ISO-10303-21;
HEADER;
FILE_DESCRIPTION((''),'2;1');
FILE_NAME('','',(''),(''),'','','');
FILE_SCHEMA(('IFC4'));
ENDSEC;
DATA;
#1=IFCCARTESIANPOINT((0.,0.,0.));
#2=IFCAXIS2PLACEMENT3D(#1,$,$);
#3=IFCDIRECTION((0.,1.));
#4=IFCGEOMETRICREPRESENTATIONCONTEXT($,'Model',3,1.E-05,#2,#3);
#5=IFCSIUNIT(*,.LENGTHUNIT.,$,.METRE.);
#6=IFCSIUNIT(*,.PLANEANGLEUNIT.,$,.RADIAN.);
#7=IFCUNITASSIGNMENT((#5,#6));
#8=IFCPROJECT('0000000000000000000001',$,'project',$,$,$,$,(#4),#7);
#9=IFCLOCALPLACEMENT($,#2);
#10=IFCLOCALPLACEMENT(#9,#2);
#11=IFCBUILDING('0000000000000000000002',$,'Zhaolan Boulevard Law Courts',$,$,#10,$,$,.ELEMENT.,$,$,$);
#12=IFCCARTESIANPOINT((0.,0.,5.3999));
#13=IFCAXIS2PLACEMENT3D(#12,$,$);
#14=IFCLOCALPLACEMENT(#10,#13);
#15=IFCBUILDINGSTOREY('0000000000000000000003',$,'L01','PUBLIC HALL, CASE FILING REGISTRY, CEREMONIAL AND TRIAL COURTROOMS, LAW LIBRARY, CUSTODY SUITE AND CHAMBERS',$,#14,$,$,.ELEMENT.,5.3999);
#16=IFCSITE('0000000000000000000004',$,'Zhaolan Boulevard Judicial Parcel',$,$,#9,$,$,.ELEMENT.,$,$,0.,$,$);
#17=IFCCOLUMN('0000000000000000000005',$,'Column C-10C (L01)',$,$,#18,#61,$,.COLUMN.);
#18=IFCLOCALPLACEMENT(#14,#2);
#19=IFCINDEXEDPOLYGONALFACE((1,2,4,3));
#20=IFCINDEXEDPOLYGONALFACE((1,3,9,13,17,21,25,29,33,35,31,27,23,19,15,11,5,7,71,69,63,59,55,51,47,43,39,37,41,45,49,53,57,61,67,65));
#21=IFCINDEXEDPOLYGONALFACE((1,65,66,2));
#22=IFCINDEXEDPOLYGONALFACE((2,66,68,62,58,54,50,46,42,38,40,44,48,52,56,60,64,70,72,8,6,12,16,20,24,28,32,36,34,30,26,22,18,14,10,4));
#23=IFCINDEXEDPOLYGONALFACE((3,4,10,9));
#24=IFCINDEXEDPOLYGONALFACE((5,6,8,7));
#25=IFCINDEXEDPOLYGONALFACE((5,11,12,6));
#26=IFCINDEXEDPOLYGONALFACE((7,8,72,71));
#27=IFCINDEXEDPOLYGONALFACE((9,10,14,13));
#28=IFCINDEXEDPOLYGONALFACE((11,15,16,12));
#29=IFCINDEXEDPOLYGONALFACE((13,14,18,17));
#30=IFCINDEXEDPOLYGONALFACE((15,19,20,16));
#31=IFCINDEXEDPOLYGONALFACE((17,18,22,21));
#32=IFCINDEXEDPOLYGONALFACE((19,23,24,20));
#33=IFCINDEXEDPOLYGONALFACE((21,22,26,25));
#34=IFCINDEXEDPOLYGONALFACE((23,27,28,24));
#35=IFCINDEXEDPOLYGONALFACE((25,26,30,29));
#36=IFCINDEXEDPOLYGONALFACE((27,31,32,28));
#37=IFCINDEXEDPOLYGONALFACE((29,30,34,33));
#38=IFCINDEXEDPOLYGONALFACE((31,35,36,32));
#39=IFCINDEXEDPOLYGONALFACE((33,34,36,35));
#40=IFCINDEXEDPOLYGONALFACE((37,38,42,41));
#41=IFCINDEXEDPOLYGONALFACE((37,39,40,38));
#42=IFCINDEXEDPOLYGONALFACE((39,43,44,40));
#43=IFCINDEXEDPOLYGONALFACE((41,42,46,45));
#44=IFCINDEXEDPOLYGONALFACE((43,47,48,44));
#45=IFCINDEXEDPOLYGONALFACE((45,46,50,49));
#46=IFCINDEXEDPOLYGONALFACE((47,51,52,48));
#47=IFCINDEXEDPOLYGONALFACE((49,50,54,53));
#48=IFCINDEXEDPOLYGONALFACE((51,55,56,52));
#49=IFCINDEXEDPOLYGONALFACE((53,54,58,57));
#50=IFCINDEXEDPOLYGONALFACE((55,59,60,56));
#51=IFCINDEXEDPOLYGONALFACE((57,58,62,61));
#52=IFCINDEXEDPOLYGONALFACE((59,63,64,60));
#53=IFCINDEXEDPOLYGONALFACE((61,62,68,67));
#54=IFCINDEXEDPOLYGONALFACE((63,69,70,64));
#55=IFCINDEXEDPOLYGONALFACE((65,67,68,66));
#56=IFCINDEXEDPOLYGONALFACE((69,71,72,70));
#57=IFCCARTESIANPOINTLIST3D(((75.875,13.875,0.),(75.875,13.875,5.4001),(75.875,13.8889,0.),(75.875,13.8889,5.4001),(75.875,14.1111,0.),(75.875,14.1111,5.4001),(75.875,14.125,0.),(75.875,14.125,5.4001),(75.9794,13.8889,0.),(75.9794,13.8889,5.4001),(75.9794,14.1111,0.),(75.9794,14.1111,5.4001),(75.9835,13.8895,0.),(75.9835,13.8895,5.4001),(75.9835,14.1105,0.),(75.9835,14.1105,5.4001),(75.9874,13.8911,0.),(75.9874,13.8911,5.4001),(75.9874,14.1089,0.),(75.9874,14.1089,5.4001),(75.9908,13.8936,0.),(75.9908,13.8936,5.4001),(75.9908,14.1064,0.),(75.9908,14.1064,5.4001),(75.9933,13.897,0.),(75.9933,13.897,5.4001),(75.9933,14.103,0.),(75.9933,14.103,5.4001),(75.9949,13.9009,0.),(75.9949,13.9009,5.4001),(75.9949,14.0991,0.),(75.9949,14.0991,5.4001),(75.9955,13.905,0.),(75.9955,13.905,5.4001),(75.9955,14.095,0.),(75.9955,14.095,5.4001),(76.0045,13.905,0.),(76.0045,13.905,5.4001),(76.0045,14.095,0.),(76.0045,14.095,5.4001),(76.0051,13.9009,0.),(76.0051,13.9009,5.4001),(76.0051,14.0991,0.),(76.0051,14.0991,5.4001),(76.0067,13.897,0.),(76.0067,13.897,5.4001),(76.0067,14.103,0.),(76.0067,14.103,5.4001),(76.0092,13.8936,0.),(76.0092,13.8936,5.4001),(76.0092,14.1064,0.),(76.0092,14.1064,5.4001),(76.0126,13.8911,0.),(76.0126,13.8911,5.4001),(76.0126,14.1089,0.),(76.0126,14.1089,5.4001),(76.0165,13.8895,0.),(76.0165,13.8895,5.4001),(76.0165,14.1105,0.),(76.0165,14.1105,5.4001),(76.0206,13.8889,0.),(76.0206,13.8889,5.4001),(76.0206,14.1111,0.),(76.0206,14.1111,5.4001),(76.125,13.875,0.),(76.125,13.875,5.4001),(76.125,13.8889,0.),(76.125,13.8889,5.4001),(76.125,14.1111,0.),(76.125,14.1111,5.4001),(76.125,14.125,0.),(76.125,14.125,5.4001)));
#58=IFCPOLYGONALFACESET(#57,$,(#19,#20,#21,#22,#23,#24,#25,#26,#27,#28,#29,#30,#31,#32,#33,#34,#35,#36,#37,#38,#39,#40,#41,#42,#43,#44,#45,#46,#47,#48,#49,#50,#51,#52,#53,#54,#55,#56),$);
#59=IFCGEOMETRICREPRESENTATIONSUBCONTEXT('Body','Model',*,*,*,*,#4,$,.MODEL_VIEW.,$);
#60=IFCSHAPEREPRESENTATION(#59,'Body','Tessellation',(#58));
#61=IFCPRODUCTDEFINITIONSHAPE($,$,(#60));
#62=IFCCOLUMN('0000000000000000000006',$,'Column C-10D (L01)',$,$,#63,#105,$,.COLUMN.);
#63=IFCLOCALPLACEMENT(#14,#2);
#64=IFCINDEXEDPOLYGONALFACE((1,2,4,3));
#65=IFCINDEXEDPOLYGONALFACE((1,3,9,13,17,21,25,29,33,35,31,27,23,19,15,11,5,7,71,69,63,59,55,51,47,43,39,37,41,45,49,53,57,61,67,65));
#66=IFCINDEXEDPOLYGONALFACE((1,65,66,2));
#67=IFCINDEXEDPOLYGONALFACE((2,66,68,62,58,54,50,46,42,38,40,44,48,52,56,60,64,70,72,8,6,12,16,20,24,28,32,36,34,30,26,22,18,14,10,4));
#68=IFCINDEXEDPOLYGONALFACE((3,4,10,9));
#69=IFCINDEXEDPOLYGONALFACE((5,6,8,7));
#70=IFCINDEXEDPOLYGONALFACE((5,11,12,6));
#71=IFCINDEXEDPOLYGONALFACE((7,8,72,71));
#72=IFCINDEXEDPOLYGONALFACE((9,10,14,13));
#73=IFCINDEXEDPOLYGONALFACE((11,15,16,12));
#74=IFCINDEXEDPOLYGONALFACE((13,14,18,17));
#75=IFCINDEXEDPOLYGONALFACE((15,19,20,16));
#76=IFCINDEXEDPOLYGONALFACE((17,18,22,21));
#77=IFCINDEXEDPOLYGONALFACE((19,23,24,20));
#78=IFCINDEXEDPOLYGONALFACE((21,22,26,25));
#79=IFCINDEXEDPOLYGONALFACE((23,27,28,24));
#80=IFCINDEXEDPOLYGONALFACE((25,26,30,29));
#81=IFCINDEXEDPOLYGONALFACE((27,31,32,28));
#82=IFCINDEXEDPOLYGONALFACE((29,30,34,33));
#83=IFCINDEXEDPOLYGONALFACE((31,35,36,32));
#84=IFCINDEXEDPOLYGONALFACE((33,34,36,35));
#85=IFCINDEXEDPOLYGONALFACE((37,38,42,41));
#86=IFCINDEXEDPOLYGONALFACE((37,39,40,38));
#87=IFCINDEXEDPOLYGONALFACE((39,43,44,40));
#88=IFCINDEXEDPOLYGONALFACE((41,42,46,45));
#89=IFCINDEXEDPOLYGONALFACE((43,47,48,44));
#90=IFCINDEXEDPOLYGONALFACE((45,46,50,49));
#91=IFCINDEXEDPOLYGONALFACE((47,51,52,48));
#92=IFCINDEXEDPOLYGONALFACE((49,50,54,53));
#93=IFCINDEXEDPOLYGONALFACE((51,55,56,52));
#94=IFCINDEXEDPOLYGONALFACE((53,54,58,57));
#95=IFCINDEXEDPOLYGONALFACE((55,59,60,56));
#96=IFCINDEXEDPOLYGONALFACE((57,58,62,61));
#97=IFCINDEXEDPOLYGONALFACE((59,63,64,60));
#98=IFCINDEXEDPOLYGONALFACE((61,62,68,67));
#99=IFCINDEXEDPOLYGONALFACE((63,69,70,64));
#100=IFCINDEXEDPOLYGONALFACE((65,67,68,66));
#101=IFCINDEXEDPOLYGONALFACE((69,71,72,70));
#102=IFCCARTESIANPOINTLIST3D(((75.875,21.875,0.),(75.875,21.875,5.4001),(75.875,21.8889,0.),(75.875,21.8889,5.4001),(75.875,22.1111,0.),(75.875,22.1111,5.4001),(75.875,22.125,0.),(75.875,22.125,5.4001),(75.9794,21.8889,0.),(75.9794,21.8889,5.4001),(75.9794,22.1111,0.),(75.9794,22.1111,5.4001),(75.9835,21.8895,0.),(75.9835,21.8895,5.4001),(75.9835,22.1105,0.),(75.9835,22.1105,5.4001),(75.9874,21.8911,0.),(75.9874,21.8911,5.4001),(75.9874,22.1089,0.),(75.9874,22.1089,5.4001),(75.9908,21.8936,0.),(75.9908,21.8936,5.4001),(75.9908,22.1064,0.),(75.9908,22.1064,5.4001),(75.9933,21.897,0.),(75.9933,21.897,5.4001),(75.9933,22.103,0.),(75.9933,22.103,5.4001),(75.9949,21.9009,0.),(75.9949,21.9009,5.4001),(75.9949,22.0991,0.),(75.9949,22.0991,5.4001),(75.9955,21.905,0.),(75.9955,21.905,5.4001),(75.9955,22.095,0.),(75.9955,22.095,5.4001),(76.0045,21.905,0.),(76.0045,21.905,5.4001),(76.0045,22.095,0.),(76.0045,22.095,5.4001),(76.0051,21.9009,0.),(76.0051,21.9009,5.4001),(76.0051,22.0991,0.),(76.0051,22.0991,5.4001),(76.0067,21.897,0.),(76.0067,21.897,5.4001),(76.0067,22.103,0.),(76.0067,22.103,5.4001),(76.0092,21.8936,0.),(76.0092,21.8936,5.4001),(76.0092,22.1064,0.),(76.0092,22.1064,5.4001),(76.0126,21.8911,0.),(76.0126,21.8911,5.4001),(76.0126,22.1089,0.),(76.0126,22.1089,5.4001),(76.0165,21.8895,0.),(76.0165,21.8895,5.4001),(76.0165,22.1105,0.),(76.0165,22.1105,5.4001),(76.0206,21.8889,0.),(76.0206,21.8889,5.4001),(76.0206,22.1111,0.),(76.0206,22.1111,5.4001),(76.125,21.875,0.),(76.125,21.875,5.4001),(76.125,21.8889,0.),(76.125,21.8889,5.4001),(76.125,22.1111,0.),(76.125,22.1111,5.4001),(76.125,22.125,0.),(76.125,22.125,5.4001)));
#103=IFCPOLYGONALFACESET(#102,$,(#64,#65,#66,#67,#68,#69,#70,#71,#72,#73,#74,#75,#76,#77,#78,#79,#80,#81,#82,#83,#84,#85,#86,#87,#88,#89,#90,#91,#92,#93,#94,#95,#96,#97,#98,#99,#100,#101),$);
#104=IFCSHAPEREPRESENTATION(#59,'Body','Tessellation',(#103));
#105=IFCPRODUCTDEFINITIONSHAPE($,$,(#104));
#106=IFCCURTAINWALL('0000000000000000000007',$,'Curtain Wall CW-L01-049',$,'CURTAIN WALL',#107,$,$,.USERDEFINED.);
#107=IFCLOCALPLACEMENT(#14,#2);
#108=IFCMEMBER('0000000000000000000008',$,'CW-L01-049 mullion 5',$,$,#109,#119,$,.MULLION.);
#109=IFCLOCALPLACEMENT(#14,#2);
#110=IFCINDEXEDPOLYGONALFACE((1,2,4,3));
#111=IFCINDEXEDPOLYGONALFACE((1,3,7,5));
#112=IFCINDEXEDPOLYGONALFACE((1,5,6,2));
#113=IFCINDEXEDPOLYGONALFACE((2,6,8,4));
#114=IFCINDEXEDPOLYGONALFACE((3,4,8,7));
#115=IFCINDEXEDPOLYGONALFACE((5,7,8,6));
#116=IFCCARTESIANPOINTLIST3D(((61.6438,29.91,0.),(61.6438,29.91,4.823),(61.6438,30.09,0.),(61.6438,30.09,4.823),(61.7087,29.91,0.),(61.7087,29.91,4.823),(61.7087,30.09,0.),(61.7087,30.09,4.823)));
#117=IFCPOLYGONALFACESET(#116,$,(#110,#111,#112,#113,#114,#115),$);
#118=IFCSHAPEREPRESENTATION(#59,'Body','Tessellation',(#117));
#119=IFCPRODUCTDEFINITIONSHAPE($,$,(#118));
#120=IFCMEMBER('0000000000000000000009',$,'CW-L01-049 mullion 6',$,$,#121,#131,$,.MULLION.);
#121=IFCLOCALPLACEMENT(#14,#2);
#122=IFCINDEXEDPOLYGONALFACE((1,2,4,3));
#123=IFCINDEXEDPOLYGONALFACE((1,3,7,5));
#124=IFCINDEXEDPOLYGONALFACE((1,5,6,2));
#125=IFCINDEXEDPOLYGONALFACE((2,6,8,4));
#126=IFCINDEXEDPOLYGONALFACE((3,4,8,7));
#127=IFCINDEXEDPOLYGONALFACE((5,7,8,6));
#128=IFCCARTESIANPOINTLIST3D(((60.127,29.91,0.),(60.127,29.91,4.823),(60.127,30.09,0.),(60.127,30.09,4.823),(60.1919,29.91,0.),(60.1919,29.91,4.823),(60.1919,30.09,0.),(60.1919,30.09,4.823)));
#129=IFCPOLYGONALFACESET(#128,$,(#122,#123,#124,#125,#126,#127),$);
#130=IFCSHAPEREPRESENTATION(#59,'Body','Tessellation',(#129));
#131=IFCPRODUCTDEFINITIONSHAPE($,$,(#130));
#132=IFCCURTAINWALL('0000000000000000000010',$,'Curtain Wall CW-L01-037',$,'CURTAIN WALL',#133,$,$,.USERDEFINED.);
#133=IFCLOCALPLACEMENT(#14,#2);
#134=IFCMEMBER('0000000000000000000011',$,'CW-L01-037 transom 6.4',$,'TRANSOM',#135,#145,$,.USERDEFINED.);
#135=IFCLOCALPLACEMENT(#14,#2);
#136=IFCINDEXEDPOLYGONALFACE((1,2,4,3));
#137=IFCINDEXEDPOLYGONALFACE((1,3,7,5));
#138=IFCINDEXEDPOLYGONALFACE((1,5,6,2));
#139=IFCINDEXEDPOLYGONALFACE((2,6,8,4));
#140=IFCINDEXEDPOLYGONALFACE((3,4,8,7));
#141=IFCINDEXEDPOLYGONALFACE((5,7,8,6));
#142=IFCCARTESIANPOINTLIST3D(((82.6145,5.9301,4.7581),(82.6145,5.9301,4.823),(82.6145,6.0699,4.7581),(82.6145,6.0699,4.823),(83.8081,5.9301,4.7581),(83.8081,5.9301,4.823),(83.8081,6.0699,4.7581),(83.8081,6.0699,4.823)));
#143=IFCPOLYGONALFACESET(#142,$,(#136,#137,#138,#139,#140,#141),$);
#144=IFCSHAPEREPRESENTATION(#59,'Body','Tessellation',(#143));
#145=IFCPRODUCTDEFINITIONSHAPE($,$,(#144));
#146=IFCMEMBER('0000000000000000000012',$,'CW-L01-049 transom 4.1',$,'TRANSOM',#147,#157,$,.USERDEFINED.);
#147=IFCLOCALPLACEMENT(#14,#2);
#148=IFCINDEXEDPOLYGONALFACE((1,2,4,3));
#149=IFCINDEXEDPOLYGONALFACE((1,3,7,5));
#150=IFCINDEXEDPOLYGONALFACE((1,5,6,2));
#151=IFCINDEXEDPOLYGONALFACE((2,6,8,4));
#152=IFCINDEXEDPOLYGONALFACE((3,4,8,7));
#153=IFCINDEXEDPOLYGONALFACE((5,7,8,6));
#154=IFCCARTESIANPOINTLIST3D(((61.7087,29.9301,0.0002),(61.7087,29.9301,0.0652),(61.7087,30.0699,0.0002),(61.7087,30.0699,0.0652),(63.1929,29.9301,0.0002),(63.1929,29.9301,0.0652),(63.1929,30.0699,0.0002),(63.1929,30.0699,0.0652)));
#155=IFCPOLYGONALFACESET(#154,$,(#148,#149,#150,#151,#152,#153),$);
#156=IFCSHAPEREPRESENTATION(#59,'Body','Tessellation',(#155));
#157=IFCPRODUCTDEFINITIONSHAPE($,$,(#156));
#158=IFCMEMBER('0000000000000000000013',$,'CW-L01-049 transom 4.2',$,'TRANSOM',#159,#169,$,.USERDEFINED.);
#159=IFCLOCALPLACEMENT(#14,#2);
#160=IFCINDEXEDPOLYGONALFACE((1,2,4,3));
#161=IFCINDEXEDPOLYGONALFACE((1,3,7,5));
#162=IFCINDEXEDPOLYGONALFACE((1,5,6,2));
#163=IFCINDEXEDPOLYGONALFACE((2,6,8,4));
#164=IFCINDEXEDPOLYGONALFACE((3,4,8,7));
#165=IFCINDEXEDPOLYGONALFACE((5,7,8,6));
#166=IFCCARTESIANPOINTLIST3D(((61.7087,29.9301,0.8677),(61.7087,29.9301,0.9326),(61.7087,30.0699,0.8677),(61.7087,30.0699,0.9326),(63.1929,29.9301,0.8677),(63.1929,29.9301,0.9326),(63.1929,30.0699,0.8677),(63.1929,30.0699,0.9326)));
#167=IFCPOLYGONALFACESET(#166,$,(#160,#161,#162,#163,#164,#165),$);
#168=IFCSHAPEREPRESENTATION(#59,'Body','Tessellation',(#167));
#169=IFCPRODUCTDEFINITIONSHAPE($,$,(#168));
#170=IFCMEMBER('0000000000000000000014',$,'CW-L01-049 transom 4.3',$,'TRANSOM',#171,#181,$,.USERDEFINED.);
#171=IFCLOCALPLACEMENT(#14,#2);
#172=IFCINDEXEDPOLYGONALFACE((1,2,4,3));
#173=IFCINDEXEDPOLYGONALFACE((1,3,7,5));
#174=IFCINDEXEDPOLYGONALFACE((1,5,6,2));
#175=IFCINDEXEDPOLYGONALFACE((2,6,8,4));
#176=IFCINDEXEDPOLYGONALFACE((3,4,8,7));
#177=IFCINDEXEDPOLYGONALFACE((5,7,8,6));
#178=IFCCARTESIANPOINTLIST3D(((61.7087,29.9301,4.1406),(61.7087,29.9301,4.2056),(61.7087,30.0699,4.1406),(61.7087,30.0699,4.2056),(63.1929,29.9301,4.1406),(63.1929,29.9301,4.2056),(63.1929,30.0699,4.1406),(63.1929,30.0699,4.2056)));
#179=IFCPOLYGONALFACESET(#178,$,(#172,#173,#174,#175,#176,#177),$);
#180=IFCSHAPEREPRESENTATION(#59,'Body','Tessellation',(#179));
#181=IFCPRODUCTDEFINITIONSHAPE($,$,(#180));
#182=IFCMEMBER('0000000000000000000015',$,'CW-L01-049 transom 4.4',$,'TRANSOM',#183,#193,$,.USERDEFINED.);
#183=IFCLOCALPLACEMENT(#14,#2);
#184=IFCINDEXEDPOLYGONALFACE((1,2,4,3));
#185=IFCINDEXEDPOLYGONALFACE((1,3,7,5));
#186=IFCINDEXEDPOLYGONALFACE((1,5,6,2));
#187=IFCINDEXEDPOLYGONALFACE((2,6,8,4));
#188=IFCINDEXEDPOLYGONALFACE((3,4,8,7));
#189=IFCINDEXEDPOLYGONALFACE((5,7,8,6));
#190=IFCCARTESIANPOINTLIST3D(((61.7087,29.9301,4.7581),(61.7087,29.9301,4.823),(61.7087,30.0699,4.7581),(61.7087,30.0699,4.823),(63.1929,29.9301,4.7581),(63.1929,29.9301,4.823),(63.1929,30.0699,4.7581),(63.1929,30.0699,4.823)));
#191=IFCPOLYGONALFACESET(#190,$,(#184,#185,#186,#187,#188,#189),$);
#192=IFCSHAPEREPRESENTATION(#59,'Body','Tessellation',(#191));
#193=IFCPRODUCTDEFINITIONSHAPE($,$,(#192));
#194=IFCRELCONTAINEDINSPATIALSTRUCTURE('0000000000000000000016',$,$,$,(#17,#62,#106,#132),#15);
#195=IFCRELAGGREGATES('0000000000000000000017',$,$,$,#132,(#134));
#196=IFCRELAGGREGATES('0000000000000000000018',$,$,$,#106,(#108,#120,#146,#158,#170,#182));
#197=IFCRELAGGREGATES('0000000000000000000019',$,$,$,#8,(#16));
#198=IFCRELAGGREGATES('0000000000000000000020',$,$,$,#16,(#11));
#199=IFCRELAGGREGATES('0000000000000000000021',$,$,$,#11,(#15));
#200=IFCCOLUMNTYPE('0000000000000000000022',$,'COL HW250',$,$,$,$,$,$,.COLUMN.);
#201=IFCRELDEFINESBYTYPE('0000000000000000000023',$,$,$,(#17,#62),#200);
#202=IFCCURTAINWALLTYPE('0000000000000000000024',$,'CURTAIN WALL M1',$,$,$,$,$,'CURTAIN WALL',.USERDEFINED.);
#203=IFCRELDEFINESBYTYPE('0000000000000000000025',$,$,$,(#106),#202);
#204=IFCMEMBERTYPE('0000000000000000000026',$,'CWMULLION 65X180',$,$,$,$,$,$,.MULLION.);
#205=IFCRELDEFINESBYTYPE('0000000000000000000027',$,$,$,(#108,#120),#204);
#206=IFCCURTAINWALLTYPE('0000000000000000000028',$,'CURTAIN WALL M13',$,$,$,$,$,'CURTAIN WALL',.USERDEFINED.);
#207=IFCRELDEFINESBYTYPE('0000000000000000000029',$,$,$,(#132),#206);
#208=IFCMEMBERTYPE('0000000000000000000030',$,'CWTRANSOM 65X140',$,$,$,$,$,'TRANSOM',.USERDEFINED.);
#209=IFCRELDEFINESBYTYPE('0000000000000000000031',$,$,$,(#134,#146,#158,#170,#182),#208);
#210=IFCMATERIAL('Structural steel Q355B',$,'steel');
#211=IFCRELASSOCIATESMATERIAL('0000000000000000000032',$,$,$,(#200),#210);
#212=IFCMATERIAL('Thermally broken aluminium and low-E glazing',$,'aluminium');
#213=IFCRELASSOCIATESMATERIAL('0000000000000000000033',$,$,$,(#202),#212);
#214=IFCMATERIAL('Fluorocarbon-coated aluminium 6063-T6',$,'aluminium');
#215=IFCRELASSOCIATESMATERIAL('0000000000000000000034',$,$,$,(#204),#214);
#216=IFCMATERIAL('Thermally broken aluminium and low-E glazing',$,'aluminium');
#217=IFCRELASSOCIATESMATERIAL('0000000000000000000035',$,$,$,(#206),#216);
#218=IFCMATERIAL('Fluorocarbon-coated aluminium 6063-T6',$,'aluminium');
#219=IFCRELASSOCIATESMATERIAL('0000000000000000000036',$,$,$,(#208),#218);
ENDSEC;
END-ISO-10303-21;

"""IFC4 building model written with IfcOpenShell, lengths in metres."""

from ifc_helpers import new_model, si_unit, direction, frame, origin, origin_2d, place, context, subcontext, project, spatial, rectangle, i_section, extrude, material, material_profile, profile_set, type_object, element, aggregate, save


model = new_model("IFC4")

# Units and contexts
model_context = context("Model", 3, precision=1e-05, world=origin(), true_north=direction((0.0, 1.0)))
body_context = subcontext(model_context, "Body", "Model", "MODEL_VIEW")
ifc_project = project(units=[si_unit("LENGTHUNIT", "METRE"), si_unit("PLANEANGLEUNIT", "RADIAN")], contexts=[model_context])

# Site, building, storey
site_placement = place(None, origin())
site = spatial("IfcSite", under=ifc_project, at=site_placement, Name="Zhaolan Boulevard Judicial Parcel", CompositionType="ELEMENT", RefElevation=0.0)
building_placement = place(site_placement, origin())
building = spatial("IfcBuilding", under=site, at=building_placement, Name="Zhaolan Boulevard Law Courts", CompositionType="ELEMENT")
storey_placement = place(building_placement, frame((0.0, 0.0, 5.3999)))
storey = spatial("IfcBuildingStorey", under=building, at=storey_placement, Name="L01", Description="PUBLIC HALL, CASE FILING REGISTRY, CEREMONIAL AND TRIAL COURTROOMS, LAW LIBRARY, CUSTODY SUITE AND CHAMBERS", CompositionType="ELEMENT", Elevation=5.3999)

# Columns
ifc_material_1 = material(Name="Structural steel Q355B", Category="steel")
ifc_material_profile_1 = material_profile(ifc_material_1, i_section(OverallWidth=0.25, OverallDepth=0.25, WebThickness=0.009, FlangeThickness=0.0139, FilletRadius=0.0161, at=origin_2d()), Name="HW250x250")
ifc_profile_set_1 = profile_set([ifc_material_profile_1], Name="Structural steel Q355B")
column_type = type_object("IfcColumnType", Name="COL HW250", PredefinedType="COLUMN", material=ifc_profile_set_1)
for number, where, z_axis, x_axis, name in (
    (1, (76.0, 14.0, 0.0), (0.0, 0.0, 1.0), (1.0, 0.0, 0.0), "Column C-10C (L01)"),
    (2, (76.0, 22.0, 0.0), (0.0, 0.0, 1.0), (1.0, 0.0, 0.0), "Column C-10D (L01)"),
):
    element("IfcColumn", number, at=place(storey_placement, frame(where, z_axis=z_axis, x_axis=x_axis)), inside=storey, type_object=column_type, Name=name, PredefinedType="COLUMN", context=body_context, shape_type="SweptSolid", body=[
        extrude(i_section(OverallWidth=0.25, OverallDepth=0.25, WebThickness=0.009, FlangeThickness=0.0139, FilletRadius=0.0161, at=origin_2d()), origin(), (0.0, 0.0, 1.0), 5.4001),
    ])

# Curtain wall, members
ifc_material_2 = material(Name="Thermally broken aluminium and low-E glazing", Category="aluminium")
curtain_wall_type_1 = type_object("IfcCurtainWallType", Name="CURTAIN WALL M1", ElementType="CURTAIN WALL", PredefinedType="USERDEFINED", material=ifc_material_2)
curtain_wall_1_placement = place(storey_placement, origin())
curtain_wall_1 = element("IfcCurtainWall", 3, at=curtain_wall_1_placement, inside=storey, type_object=curtain_wall_type_1, Name="Curtain Wall CW-L01-049", ObjectType="CURTAIN WALL", PredefinedType="USERDEFINED")
ifc_material_3 = material(Name="Fluorocarbon-coated aluminium 6063-T6", Category="aluminium")
ifc_material_profile_2 = material_profile(ifc_material_3, rectangle(XDim=0.1799, YDim=0.0649, at=origin_2d()), Name="AL65x180")
ifc_profile_set_2 = profile_set([ifc_material_profile_2], Name="Fluorocarbon-coated aluminium 6063-T6")
member_type_1 = type_object("IfcMemberType", Name="CWMULLION 65X180", PredefinedType="MULLION", material=ifc_profile_set_2)
member_1_placement = place(storey_placement, frame((61.6763, 30.0, 0.0), z_axis=(0.0, 0.0, 1.0), x_axis=(0.0, -1.0, 0.0)))
member_1 = element("IfcMember", 4, at=member_1_placement, type_object=member_type_1, Name="CW-L01-049 mullion 5", PredefinedType="MULLION", context=body_context, shape_type="SweptSolid", body=[
    extrude(rectangle(XDim=0.1799, YDim=0.0649, at=origin_2d()), origin(), (0.0, 0.0, 1.0), 4.823),
])
member_2_placement = place(storey_placement, frame((60.1594, 30.0, 0.0), z_axis=(0.0, 0.0, 1.0), x_axis=(0.0, -1.0, 0.0)))
member_2 = element("IfcMember", 5, at=member_2_placement, type_object=member_type_1, Name="CW-L01-049 mullion 6", PredefinedType="MULLION", context=body_context, shape_type="SweptSolid", body=[
    extrude(rectangle(XDim=0.1799, YDim=0.0649, at=origin_2d()), origin(), (0.0, 0.0, 1.0), 4.823),
])

# Curtain wall, member
ifc_material_4 = material(Name="Thermally broken aluminium and low-E glazing", Category="aluminium")
curtain_wall_type_2 = type_object("IfcCurtainWallType", Name="CURTAIN WALL M13", ElementType="CURTAIN WALL", PredefinedType="USERDEFINED", material=ifc_material_4)
curtain_wall_2_placement = place(storey_placement, origin())
curtain_wall_2 = element("IfcCurtainWall", 6, at=curtain_wall_2_placement, inside=storey, type_object=curtain_wall_type_2, Name="Curtain Wall CW-L01-037", ObjectType="CURTAIN WALL", PredefinedType="USERDEFINED")
ifc_material_5 = material(Name="Fluorocarbon-coated aluminium 6063-T6", Category="aluminium")
ifc_material_profile_3 = material_profile(ifc_material_5, rectangle(XDim=0.1399, YDim=0.0649, at=origin_2d()), Name="AL65x140")
ifc_profile_set_3 = profile_set([ifc_material_profile_3], Name="Fluorocarbon-coated aluminium 6063-T6")
member_type_2 = type_object("IfcMemberType", Name="CWTRANSOM 65X140", ElementType="TRANSOM", PredefinedType="USERDEFINED", material=ifc_profile_set_3)
member_3_placement = place(storey_placement, frame((82.6145, 6.0, 4.7905), z_axis=(1.0, 0.0, 0.0), x_axis=(0.0, 1.0, 0.0)))
member_3 = element("IfcMember", 7, at=member_3_placement, type_object=member_type_2, Name="CW-L01-037 transom 6.4", ObjectType="TRANSOM", PredefinedType="USERDEFINED", context=body_context, shape_type="SweptSolid", body=[
    extrude(rectangle(XDim=0.1399, YDim=0.0649, at=origin_2d()), origin(), (0.0, 0.0, 1.0), 1.1936),
])

# Members
member_4_placement = place(storey_placement, frame((63.1929, 30.0, 0.0327), z_axis=(-1.0, 0.0, 0.0), x_axis=(0.0, -1.0, 0.0)))
member_4 = element("IfcMember", 8, at=member_4_placement, type_object=member_type_2, Name="CW-L01-049 transom 4.1", ObjectType="TRANSOM", PredefinedType="USERDEFINED", context=body_context, shape_type="SweptSolid", body=[
    extrude(rectangle(XDim=0.1399, YDim=0.0649, at=origin_2d()), origin(), (0.0, 0.0, 1.0), 1.4841),
])
member_5_placement = place(storey_placement, frame((63.1929, 30.0, 0.9001), z_axis=(-1.0, 0.0, 0.0), x_axis=(0.0, -1.0, 0.0)))
member_5 = element("IfcMember", 9, at=member_5_placement, type_object=member_type_2, Name="CW-L01-049 transom 4.2", ObjectType="TRANSOM", PredefinedType="USERDEFINED", context=body_context, shape_type="SweptSolid", body=[
    extrude(rectangle(XDim=0.1399, YDim=0.0649, at=origin_2d()), origin(), (0.0, 0.0, 1.0), 1.4841),
])
member_6_placement = place(storey_placement, frame((63.1929, 30.0, 4.1731), z_axis=(-1.0, 0.0, 0.0), x_axis=(0.0, -1.0, 0.0)))
member_6 = element("IfcMember", 10, at=member_6_placement, type_object=member_type_2, Name="CW-L01-049 transom 4.3", ObjectType="TRANSOM", PredefinedType="USERDEFINED", context=body_context, shape_type="SweptSolid", body=[
    extrude(rectangle(XDim=0.1399, YDim=0.0649, at=origin_2d()), origin(), (0.0, 0.0, 1.0), 1.4841),
])
member_7_placement = place(storey_placement, frame((63.1929, 30.0, 4.7905), z_axis=(-1.0, 0.0, 0.0), x_axis=(0.0, -1.0, 0.0)))
member_7 = element("IfcMember", 11, at=member_7_placement, type_object=member_type_2, Name="CW-L01-049 transom 4.4", ObjectType="TRANSOM", PredefinedType="USERDEFINED", context=body_context, shape_type="SweptSolid", body=[
    extrude(rectangle(XDim=0.1399, YDim=0.0649, at=origin_2d()), origin(), (0.0, 0.0, 1.0), 1.4841),
])

aggregate(curtain_wall_2, [member_3])
aggregate(curtain_wall_1, [member_1, member_2, member_4, member_5, member_6, member_7])

save(model, "model.ifc")
